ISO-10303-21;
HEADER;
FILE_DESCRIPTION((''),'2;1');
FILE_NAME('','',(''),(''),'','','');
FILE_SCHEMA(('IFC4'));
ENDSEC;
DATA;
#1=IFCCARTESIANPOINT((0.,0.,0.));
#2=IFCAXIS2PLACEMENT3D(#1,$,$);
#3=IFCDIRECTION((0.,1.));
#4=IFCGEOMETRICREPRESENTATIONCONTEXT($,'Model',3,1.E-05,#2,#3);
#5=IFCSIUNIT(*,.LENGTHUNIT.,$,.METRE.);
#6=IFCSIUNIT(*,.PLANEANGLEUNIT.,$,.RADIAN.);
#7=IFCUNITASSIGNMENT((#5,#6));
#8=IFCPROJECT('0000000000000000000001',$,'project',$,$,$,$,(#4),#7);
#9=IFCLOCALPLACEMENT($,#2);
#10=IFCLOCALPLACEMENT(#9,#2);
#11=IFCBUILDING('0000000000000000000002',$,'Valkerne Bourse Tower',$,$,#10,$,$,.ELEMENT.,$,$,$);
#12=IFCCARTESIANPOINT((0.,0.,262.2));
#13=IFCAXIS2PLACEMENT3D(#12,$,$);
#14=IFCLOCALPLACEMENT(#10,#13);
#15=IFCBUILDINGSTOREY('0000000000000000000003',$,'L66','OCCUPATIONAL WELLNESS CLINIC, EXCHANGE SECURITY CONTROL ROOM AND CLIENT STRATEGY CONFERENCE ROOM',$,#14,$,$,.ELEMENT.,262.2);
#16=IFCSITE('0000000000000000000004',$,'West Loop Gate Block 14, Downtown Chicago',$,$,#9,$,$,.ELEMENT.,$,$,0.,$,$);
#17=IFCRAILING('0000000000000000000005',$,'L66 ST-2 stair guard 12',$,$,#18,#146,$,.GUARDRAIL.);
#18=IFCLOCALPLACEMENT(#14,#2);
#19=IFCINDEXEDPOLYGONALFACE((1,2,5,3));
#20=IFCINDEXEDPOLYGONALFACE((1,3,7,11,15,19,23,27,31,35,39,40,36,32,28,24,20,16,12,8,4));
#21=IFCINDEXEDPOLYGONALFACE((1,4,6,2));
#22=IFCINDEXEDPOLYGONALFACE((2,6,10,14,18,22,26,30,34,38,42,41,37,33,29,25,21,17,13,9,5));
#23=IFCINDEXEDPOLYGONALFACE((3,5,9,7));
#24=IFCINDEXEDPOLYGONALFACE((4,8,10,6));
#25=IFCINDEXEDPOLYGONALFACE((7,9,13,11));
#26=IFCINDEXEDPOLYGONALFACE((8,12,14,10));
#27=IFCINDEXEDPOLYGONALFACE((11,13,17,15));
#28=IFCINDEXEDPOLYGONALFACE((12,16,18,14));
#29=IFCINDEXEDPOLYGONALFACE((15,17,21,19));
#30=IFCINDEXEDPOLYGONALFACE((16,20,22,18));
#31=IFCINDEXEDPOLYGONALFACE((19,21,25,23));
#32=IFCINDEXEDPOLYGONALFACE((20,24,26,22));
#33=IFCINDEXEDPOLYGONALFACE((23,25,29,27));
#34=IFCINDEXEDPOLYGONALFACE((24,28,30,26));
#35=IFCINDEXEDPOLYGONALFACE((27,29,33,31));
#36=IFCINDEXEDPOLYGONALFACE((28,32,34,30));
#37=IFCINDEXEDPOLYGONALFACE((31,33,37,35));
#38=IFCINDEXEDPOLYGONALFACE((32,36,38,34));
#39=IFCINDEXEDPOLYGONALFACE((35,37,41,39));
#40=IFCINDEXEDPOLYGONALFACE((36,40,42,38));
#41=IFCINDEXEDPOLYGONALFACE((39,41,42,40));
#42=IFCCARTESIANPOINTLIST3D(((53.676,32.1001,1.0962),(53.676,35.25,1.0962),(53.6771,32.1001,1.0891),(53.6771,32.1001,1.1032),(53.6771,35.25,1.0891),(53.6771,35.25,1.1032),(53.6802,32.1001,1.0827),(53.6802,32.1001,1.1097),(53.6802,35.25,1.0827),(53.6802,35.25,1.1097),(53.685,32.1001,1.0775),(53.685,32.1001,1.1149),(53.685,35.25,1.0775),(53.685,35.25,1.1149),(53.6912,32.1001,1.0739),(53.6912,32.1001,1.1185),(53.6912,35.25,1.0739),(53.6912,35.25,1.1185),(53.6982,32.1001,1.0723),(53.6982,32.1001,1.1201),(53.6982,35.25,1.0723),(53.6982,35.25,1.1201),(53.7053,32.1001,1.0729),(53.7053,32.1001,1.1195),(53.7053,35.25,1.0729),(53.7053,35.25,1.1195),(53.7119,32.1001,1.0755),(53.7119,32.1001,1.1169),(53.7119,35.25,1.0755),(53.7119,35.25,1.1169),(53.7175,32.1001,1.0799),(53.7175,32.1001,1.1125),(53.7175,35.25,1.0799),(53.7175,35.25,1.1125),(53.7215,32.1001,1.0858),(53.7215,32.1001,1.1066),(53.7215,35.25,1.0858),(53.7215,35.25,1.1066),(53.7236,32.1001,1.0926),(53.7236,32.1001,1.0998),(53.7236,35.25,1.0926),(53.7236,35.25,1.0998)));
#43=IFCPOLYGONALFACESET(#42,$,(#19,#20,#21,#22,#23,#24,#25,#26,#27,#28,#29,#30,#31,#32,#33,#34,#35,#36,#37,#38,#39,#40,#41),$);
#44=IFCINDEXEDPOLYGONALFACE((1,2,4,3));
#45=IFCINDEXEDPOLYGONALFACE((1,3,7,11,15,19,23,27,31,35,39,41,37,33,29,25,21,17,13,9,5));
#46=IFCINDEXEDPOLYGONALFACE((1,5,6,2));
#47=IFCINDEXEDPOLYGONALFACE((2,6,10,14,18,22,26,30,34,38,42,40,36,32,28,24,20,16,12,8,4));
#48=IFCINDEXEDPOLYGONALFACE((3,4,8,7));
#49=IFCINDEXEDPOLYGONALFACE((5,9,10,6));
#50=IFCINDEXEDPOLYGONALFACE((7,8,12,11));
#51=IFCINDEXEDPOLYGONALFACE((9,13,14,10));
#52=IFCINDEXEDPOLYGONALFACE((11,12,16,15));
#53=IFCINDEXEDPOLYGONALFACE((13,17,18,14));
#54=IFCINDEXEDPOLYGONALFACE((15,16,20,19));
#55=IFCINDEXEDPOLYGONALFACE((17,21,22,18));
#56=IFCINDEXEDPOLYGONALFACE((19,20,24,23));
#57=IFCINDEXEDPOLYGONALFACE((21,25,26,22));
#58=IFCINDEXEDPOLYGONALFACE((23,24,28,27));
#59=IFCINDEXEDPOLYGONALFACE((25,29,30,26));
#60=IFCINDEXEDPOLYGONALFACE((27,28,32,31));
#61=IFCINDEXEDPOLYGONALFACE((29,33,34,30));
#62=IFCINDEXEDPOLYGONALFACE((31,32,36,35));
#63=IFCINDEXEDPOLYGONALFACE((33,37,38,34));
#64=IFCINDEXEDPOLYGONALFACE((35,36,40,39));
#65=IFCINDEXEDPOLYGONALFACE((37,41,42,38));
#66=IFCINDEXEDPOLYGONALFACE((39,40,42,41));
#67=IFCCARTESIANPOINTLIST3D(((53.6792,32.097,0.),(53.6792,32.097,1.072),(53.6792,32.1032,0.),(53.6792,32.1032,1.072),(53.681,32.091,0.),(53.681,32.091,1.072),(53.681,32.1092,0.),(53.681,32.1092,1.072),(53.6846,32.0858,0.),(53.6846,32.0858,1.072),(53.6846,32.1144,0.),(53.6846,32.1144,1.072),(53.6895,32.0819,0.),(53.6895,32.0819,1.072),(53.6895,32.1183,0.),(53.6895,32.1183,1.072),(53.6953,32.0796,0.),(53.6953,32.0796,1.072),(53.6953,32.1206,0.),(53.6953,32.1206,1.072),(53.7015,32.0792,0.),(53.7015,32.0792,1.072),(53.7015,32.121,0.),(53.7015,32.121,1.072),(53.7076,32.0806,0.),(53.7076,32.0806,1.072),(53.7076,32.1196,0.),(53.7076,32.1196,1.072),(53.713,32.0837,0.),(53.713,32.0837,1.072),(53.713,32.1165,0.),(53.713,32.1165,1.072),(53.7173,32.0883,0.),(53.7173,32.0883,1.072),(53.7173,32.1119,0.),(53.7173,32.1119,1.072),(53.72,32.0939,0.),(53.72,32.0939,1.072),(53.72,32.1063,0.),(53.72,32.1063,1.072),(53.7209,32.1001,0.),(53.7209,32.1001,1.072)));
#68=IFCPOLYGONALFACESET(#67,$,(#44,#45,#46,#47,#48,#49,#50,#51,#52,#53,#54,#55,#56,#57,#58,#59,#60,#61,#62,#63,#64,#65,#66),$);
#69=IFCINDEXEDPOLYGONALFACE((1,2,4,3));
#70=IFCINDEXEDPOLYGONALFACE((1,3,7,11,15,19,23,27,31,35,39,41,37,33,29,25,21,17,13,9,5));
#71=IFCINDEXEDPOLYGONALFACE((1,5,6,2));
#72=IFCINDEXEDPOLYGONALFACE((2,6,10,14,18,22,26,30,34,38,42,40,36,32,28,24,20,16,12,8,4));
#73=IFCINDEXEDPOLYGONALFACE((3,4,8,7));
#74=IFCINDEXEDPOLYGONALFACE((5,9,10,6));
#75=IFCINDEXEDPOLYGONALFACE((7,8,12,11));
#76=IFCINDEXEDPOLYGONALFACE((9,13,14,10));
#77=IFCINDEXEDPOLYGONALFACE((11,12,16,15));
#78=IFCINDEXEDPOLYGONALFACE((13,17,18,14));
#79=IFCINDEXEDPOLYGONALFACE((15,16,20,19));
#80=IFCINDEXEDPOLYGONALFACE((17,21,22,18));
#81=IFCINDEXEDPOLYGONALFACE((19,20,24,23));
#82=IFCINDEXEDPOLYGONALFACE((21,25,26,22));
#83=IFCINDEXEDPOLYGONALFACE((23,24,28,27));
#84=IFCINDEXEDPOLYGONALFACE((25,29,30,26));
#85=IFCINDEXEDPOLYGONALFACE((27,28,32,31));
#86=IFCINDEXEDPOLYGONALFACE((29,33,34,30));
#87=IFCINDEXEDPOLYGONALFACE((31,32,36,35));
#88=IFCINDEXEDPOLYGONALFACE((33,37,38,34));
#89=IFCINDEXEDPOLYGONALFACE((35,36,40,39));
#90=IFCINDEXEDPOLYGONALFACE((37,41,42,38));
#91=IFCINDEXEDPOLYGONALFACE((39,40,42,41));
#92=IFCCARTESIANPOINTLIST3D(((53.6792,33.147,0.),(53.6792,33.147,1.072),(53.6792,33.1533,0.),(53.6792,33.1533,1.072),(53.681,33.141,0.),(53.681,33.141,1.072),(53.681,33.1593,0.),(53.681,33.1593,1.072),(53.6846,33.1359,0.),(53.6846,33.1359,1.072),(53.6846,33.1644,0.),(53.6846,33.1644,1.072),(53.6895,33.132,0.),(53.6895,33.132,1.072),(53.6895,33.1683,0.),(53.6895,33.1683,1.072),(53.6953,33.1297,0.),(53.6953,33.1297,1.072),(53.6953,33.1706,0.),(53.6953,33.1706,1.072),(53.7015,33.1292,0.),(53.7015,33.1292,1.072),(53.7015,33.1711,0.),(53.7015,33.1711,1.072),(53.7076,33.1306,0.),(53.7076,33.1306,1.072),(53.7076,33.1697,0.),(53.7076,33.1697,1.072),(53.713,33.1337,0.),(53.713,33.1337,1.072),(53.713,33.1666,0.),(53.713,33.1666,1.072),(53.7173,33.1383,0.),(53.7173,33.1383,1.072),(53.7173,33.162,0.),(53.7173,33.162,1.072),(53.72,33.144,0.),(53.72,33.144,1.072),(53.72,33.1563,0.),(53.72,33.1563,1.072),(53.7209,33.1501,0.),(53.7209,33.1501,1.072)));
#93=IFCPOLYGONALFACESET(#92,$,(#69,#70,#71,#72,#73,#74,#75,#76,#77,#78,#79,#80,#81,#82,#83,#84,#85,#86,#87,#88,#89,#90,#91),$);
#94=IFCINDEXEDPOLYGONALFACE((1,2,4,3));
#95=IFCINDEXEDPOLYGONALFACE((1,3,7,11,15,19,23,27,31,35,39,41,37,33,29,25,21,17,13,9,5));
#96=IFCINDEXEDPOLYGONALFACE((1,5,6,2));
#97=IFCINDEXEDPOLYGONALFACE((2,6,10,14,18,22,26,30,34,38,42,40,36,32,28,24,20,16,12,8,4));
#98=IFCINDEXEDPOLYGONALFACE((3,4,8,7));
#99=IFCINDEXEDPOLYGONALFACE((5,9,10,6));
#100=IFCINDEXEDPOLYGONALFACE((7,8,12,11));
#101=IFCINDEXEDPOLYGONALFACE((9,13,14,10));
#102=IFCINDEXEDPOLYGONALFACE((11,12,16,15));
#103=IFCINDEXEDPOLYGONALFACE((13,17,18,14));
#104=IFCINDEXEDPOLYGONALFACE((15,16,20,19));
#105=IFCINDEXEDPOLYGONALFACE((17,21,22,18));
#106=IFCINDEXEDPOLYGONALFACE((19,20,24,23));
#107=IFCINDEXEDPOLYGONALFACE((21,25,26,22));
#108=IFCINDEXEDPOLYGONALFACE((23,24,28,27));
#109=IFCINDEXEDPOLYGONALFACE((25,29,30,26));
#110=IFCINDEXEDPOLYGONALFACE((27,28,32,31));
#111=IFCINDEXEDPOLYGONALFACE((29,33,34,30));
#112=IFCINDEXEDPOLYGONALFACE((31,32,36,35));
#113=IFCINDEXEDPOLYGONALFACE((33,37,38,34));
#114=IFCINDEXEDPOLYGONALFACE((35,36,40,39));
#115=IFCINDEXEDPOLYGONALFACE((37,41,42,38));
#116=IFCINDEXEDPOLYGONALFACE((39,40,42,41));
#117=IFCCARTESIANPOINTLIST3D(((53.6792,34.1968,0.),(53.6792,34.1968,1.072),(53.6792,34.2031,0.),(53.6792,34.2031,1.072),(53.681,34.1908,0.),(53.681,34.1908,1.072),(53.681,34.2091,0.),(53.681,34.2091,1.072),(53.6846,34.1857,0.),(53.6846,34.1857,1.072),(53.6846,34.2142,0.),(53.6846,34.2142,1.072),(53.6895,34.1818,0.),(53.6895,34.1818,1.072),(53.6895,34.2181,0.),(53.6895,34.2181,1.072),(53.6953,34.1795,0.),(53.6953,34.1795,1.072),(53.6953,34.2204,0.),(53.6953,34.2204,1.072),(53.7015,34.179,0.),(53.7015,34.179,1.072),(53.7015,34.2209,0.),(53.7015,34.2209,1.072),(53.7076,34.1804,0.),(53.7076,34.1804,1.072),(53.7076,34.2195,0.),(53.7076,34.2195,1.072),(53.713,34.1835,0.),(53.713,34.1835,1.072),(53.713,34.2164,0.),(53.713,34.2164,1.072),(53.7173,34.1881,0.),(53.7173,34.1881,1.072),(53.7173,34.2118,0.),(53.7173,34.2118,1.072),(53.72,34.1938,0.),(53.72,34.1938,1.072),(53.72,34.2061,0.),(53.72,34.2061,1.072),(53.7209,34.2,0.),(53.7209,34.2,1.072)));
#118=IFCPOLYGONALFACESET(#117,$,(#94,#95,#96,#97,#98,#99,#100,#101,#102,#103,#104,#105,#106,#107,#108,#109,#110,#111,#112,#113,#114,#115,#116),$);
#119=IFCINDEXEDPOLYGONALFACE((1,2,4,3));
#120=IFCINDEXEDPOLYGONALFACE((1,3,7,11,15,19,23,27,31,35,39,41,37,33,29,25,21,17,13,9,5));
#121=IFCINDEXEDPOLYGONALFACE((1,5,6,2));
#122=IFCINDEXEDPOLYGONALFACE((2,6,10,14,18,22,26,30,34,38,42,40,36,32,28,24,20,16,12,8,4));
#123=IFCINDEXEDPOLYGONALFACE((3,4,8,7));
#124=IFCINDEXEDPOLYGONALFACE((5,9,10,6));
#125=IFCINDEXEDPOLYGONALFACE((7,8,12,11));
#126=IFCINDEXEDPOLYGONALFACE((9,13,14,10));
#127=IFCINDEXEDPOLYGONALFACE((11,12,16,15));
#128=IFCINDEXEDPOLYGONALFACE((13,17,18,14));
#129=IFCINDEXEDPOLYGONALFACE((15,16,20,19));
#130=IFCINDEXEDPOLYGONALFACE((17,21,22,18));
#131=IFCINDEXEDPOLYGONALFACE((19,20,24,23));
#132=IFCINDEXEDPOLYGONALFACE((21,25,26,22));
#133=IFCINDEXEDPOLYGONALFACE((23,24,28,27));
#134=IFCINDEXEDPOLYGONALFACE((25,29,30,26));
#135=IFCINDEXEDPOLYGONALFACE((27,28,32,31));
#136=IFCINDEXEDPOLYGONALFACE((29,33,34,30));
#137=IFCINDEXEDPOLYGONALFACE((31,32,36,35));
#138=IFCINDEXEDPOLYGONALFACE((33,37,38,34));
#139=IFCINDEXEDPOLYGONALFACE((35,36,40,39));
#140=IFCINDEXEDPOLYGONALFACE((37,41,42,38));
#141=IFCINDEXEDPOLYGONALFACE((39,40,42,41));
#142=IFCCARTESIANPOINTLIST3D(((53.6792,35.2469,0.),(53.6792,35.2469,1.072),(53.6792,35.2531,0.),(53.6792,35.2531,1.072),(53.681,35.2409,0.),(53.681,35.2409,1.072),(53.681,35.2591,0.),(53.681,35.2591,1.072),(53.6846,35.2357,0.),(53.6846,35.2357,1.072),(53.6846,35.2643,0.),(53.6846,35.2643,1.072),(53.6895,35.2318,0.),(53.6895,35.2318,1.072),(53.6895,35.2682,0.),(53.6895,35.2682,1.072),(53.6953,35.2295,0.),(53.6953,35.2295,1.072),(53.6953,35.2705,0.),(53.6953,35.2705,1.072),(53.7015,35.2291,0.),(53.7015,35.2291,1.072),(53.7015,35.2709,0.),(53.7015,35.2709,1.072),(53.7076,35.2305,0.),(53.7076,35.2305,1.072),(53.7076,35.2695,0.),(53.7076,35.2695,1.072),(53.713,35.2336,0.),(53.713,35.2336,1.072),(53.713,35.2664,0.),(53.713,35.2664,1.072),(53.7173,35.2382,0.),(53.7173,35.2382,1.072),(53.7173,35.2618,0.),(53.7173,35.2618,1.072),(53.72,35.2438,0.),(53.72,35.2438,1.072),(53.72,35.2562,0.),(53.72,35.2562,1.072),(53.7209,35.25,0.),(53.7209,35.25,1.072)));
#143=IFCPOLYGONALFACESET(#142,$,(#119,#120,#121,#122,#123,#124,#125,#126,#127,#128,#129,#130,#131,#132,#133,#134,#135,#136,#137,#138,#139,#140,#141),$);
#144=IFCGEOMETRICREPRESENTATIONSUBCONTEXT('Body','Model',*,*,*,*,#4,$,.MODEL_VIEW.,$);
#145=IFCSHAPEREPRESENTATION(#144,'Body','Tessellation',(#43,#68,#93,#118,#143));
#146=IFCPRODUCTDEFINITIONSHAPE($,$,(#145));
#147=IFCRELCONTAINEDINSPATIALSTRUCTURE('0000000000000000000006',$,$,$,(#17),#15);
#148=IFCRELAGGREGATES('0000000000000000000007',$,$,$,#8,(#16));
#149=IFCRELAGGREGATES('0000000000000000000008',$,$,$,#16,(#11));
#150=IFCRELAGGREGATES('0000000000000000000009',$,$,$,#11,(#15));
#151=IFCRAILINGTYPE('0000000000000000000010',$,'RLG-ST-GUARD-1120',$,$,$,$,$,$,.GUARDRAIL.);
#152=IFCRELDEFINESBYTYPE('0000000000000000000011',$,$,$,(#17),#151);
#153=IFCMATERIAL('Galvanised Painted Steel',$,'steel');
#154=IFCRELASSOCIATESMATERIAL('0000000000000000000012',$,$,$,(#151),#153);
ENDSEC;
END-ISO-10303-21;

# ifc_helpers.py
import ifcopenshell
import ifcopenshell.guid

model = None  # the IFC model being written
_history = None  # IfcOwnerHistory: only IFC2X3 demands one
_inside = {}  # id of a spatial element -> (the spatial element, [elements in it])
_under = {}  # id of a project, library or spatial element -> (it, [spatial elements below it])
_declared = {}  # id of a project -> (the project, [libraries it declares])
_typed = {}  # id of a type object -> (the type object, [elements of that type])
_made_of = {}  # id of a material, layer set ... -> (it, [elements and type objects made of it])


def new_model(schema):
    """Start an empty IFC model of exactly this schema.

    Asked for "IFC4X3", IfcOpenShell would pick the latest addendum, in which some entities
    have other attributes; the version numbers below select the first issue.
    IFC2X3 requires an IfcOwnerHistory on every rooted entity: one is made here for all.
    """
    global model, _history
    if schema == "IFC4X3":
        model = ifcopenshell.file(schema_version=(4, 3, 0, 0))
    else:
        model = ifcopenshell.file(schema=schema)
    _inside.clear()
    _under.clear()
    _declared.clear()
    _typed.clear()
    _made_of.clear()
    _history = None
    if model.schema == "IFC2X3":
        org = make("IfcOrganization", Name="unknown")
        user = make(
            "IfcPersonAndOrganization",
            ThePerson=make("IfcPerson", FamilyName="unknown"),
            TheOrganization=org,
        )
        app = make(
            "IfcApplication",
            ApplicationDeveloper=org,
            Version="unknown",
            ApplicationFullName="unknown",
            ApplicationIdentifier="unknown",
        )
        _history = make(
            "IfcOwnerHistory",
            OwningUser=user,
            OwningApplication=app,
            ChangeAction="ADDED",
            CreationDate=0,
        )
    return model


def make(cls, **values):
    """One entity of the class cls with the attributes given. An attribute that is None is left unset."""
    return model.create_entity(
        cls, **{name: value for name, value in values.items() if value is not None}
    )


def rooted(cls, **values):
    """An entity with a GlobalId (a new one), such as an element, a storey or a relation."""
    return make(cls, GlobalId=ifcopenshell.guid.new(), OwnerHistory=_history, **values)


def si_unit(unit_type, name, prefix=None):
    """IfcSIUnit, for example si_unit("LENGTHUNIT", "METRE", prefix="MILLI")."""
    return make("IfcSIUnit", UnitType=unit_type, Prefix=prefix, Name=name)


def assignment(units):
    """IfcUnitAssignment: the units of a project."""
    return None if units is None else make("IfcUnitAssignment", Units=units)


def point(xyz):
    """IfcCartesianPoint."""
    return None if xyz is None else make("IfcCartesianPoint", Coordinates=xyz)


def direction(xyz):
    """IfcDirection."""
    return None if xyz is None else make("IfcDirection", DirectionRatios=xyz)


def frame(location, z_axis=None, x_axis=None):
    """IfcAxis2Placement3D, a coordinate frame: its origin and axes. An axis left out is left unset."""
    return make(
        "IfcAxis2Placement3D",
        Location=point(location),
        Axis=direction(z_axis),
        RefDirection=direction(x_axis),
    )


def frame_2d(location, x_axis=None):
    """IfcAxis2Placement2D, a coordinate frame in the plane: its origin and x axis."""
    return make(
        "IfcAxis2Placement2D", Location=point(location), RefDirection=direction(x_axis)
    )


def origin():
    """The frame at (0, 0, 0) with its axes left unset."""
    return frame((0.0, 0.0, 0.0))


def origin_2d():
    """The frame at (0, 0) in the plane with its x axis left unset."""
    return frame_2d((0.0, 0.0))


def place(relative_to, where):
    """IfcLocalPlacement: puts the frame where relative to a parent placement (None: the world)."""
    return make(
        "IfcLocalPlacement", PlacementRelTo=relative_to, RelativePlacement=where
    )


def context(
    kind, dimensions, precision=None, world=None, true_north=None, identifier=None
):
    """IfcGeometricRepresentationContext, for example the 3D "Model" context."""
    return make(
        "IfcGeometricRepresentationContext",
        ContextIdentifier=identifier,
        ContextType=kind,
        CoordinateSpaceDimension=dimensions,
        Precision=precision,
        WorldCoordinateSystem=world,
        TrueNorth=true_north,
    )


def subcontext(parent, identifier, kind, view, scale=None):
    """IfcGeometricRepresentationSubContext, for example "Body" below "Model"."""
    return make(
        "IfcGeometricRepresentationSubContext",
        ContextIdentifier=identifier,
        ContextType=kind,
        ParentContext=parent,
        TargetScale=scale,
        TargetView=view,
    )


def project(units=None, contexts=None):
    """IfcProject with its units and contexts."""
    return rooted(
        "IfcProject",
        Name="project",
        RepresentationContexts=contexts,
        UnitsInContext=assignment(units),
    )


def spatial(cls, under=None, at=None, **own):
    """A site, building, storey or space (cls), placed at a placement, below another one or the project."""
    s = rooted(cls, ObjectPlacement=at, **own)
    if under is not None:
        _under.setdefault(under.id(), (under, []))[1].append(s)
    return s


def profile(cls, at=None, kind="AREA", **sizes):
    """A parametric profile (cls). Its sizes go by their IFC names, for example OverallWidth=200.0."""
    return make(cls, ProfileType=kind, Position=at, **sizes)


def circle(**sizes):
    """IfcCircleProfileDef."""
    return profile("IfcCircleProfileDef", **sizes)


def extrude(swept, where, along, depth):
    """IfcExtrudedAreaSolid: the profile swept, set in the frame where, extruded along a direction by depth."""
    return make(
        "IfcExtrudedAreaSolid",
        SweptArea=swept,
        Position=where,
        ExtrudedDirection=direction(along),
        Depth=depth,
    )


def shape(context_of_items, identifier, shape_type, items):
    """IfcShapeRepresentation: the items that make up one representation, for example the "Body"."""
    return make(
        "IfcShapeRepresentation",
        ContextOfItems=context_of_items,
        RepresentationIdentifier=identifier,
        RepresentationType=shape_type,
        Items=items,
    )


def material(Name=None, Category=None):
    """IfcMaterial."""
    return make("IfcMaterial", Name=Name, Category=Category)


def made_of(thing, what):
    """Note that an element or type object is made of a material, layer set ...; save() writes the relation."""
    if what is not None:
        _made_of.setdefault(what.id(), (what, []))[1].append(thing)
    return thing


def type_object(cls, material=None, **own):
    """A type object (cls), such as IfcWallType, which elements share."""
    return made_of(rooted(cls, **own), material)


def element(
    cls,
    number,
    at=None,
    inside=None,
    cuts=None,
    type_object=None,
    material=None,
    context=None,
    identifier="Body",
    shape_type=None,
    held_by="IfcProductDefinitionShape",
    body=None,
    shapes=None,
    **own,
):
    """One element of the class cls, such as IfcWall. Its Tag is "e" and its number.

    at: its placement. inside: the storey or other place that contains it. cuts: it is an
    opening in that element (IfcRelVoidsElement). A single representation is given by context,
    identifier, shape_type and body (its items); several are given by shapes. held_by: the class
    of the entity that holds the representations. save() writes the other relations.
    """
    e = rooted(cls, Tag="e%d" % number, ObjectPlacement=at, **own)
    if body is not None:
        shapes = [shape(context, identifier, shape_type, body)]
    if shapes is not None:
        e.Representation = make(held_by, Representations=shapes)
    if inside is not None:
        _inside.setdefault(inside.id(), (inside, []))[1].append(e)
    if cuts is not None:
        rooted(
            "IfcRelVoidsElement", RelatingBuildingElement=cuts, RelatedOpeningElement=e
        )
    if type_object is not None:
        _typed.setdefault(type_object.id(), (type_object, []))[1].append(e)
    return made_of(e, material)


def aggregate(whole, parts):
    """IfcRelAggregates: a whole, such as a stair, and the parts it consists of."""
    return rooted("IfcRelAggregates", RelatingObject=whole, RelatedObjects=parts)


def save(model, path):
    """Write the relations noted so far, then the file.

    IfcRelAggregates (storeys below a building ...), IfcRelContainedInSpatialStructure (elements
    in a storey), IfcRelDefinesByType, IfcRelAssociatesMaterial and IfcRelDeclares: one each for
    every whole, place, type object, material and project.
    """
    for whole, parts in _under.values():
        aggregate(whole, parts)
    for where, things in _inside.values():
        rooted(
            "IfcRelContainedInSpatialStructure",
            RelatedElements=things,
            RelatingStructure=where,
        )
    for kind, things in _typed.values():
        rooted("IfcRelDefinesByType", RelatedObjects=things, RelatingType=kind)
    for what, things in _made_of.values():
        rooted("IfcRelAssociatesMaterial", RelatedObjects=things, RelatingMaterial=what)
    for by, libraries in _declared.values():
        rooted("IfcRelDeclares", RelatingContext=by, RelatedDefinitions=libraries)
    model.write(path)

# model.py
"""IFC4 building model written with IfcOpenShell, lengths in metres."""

from ifc_helpers import new_model, si_unit, direction, frame, origin, origin_2d, place, context, subcontext, project, spatial, circle, extrude, material, type_object, element, save


model = new_model("IFC4")

# Units and contexts
model_context = context("Model", 3, precision=1e-05, world=origin(), true_north=direction((0.0, 1.0)))
body_context = subcontext(model_context, "Body", "Model", "MODEL_VIEW")
ifc_project = project(units=[si_unit("LENGTHUNIT", "METRE"), si_unit("PLANEANGLEUNIT", "RADIAN")], contexts=[model_context])

# Site, building, storey
site_placement = place(None, origin())
site = spatial("IfcSite", under=ifc_project, at=site_placement, Name="West Loop Gate Block 14, Downtown Chicago", CompositionType="ELEMENT", RefElevation=0.0)
building_placement = place(site_placement, origin())
building = spatial("IfcBuilding", under=site, at=building_placement, Name="Valkerne Bourse Tower", CompositionType="ELEMENT")
storey_placement = place(building_placement, frame((0.0, 0.0, 262.2)))
storey = spatial("IfcBuildingStorey", under=building, at=storey_placement, Name="L66", Description="OCCUPATIONAL WELLNESS CLINIC, EXCHANGE SECURITY CONTROL ROOM AND CLIENT STRATEGY CONFERENCE ROOM", CompositionType="ELEMENT", Elevation=262.2)

# Railing
ifc_material_1 = material(Name="Galvanised Painted Steel", Category="steel")
railing_type = type_object("IfcRailingType", Name="RLG-ST-GUARD-1120", PredefinedType="GUARDRAIL", material=ifc_material_1)
railing_1_placement = place(storey_placement, frame((53.7, 32.1001, 0.0)))
element("IfcRailing", 1, at=railing_1_placement, inside=storey, type_object=railing_type, Name="L66 ST-2 stair guard 12", PredefinedType="GUARDRAIL", context=body_context, shape_type="SweptSolid", body=[
    extrude(circle(Radius=0.0239, at=origin_2d()), frame((0.0, 0.0, 1.0962), z_axis=(0.0, 1.0, 0.0), x_axis=(-1.0, 0.0, 0.0)), (0.0, 0.0, 1.0), 3.1499),
    extrude(circle(Radius=0.021, at=origin_2d()), origin(), (0.0, 0.0, 1.0), 1.072),
    extrude(circle(Radius=0.021, at=origin_2d()), frame((0.0, 1.05, 0.0)), (0.0, 0.0, 1.0), 1.072),
    extrude(circle(Radius=0.021, at=origin_2d()), frame((0.0, 2.0999, 0.0)), (0.0, 0.0, 1.0), 1.072),
    extrude(circle(Radius=0.021, at=origin_2d()), frame((0.0, 3.1499, 0.0)), (0.0, 0.0, 1.0), 1.072),
])

save(model, "model.ifc")
